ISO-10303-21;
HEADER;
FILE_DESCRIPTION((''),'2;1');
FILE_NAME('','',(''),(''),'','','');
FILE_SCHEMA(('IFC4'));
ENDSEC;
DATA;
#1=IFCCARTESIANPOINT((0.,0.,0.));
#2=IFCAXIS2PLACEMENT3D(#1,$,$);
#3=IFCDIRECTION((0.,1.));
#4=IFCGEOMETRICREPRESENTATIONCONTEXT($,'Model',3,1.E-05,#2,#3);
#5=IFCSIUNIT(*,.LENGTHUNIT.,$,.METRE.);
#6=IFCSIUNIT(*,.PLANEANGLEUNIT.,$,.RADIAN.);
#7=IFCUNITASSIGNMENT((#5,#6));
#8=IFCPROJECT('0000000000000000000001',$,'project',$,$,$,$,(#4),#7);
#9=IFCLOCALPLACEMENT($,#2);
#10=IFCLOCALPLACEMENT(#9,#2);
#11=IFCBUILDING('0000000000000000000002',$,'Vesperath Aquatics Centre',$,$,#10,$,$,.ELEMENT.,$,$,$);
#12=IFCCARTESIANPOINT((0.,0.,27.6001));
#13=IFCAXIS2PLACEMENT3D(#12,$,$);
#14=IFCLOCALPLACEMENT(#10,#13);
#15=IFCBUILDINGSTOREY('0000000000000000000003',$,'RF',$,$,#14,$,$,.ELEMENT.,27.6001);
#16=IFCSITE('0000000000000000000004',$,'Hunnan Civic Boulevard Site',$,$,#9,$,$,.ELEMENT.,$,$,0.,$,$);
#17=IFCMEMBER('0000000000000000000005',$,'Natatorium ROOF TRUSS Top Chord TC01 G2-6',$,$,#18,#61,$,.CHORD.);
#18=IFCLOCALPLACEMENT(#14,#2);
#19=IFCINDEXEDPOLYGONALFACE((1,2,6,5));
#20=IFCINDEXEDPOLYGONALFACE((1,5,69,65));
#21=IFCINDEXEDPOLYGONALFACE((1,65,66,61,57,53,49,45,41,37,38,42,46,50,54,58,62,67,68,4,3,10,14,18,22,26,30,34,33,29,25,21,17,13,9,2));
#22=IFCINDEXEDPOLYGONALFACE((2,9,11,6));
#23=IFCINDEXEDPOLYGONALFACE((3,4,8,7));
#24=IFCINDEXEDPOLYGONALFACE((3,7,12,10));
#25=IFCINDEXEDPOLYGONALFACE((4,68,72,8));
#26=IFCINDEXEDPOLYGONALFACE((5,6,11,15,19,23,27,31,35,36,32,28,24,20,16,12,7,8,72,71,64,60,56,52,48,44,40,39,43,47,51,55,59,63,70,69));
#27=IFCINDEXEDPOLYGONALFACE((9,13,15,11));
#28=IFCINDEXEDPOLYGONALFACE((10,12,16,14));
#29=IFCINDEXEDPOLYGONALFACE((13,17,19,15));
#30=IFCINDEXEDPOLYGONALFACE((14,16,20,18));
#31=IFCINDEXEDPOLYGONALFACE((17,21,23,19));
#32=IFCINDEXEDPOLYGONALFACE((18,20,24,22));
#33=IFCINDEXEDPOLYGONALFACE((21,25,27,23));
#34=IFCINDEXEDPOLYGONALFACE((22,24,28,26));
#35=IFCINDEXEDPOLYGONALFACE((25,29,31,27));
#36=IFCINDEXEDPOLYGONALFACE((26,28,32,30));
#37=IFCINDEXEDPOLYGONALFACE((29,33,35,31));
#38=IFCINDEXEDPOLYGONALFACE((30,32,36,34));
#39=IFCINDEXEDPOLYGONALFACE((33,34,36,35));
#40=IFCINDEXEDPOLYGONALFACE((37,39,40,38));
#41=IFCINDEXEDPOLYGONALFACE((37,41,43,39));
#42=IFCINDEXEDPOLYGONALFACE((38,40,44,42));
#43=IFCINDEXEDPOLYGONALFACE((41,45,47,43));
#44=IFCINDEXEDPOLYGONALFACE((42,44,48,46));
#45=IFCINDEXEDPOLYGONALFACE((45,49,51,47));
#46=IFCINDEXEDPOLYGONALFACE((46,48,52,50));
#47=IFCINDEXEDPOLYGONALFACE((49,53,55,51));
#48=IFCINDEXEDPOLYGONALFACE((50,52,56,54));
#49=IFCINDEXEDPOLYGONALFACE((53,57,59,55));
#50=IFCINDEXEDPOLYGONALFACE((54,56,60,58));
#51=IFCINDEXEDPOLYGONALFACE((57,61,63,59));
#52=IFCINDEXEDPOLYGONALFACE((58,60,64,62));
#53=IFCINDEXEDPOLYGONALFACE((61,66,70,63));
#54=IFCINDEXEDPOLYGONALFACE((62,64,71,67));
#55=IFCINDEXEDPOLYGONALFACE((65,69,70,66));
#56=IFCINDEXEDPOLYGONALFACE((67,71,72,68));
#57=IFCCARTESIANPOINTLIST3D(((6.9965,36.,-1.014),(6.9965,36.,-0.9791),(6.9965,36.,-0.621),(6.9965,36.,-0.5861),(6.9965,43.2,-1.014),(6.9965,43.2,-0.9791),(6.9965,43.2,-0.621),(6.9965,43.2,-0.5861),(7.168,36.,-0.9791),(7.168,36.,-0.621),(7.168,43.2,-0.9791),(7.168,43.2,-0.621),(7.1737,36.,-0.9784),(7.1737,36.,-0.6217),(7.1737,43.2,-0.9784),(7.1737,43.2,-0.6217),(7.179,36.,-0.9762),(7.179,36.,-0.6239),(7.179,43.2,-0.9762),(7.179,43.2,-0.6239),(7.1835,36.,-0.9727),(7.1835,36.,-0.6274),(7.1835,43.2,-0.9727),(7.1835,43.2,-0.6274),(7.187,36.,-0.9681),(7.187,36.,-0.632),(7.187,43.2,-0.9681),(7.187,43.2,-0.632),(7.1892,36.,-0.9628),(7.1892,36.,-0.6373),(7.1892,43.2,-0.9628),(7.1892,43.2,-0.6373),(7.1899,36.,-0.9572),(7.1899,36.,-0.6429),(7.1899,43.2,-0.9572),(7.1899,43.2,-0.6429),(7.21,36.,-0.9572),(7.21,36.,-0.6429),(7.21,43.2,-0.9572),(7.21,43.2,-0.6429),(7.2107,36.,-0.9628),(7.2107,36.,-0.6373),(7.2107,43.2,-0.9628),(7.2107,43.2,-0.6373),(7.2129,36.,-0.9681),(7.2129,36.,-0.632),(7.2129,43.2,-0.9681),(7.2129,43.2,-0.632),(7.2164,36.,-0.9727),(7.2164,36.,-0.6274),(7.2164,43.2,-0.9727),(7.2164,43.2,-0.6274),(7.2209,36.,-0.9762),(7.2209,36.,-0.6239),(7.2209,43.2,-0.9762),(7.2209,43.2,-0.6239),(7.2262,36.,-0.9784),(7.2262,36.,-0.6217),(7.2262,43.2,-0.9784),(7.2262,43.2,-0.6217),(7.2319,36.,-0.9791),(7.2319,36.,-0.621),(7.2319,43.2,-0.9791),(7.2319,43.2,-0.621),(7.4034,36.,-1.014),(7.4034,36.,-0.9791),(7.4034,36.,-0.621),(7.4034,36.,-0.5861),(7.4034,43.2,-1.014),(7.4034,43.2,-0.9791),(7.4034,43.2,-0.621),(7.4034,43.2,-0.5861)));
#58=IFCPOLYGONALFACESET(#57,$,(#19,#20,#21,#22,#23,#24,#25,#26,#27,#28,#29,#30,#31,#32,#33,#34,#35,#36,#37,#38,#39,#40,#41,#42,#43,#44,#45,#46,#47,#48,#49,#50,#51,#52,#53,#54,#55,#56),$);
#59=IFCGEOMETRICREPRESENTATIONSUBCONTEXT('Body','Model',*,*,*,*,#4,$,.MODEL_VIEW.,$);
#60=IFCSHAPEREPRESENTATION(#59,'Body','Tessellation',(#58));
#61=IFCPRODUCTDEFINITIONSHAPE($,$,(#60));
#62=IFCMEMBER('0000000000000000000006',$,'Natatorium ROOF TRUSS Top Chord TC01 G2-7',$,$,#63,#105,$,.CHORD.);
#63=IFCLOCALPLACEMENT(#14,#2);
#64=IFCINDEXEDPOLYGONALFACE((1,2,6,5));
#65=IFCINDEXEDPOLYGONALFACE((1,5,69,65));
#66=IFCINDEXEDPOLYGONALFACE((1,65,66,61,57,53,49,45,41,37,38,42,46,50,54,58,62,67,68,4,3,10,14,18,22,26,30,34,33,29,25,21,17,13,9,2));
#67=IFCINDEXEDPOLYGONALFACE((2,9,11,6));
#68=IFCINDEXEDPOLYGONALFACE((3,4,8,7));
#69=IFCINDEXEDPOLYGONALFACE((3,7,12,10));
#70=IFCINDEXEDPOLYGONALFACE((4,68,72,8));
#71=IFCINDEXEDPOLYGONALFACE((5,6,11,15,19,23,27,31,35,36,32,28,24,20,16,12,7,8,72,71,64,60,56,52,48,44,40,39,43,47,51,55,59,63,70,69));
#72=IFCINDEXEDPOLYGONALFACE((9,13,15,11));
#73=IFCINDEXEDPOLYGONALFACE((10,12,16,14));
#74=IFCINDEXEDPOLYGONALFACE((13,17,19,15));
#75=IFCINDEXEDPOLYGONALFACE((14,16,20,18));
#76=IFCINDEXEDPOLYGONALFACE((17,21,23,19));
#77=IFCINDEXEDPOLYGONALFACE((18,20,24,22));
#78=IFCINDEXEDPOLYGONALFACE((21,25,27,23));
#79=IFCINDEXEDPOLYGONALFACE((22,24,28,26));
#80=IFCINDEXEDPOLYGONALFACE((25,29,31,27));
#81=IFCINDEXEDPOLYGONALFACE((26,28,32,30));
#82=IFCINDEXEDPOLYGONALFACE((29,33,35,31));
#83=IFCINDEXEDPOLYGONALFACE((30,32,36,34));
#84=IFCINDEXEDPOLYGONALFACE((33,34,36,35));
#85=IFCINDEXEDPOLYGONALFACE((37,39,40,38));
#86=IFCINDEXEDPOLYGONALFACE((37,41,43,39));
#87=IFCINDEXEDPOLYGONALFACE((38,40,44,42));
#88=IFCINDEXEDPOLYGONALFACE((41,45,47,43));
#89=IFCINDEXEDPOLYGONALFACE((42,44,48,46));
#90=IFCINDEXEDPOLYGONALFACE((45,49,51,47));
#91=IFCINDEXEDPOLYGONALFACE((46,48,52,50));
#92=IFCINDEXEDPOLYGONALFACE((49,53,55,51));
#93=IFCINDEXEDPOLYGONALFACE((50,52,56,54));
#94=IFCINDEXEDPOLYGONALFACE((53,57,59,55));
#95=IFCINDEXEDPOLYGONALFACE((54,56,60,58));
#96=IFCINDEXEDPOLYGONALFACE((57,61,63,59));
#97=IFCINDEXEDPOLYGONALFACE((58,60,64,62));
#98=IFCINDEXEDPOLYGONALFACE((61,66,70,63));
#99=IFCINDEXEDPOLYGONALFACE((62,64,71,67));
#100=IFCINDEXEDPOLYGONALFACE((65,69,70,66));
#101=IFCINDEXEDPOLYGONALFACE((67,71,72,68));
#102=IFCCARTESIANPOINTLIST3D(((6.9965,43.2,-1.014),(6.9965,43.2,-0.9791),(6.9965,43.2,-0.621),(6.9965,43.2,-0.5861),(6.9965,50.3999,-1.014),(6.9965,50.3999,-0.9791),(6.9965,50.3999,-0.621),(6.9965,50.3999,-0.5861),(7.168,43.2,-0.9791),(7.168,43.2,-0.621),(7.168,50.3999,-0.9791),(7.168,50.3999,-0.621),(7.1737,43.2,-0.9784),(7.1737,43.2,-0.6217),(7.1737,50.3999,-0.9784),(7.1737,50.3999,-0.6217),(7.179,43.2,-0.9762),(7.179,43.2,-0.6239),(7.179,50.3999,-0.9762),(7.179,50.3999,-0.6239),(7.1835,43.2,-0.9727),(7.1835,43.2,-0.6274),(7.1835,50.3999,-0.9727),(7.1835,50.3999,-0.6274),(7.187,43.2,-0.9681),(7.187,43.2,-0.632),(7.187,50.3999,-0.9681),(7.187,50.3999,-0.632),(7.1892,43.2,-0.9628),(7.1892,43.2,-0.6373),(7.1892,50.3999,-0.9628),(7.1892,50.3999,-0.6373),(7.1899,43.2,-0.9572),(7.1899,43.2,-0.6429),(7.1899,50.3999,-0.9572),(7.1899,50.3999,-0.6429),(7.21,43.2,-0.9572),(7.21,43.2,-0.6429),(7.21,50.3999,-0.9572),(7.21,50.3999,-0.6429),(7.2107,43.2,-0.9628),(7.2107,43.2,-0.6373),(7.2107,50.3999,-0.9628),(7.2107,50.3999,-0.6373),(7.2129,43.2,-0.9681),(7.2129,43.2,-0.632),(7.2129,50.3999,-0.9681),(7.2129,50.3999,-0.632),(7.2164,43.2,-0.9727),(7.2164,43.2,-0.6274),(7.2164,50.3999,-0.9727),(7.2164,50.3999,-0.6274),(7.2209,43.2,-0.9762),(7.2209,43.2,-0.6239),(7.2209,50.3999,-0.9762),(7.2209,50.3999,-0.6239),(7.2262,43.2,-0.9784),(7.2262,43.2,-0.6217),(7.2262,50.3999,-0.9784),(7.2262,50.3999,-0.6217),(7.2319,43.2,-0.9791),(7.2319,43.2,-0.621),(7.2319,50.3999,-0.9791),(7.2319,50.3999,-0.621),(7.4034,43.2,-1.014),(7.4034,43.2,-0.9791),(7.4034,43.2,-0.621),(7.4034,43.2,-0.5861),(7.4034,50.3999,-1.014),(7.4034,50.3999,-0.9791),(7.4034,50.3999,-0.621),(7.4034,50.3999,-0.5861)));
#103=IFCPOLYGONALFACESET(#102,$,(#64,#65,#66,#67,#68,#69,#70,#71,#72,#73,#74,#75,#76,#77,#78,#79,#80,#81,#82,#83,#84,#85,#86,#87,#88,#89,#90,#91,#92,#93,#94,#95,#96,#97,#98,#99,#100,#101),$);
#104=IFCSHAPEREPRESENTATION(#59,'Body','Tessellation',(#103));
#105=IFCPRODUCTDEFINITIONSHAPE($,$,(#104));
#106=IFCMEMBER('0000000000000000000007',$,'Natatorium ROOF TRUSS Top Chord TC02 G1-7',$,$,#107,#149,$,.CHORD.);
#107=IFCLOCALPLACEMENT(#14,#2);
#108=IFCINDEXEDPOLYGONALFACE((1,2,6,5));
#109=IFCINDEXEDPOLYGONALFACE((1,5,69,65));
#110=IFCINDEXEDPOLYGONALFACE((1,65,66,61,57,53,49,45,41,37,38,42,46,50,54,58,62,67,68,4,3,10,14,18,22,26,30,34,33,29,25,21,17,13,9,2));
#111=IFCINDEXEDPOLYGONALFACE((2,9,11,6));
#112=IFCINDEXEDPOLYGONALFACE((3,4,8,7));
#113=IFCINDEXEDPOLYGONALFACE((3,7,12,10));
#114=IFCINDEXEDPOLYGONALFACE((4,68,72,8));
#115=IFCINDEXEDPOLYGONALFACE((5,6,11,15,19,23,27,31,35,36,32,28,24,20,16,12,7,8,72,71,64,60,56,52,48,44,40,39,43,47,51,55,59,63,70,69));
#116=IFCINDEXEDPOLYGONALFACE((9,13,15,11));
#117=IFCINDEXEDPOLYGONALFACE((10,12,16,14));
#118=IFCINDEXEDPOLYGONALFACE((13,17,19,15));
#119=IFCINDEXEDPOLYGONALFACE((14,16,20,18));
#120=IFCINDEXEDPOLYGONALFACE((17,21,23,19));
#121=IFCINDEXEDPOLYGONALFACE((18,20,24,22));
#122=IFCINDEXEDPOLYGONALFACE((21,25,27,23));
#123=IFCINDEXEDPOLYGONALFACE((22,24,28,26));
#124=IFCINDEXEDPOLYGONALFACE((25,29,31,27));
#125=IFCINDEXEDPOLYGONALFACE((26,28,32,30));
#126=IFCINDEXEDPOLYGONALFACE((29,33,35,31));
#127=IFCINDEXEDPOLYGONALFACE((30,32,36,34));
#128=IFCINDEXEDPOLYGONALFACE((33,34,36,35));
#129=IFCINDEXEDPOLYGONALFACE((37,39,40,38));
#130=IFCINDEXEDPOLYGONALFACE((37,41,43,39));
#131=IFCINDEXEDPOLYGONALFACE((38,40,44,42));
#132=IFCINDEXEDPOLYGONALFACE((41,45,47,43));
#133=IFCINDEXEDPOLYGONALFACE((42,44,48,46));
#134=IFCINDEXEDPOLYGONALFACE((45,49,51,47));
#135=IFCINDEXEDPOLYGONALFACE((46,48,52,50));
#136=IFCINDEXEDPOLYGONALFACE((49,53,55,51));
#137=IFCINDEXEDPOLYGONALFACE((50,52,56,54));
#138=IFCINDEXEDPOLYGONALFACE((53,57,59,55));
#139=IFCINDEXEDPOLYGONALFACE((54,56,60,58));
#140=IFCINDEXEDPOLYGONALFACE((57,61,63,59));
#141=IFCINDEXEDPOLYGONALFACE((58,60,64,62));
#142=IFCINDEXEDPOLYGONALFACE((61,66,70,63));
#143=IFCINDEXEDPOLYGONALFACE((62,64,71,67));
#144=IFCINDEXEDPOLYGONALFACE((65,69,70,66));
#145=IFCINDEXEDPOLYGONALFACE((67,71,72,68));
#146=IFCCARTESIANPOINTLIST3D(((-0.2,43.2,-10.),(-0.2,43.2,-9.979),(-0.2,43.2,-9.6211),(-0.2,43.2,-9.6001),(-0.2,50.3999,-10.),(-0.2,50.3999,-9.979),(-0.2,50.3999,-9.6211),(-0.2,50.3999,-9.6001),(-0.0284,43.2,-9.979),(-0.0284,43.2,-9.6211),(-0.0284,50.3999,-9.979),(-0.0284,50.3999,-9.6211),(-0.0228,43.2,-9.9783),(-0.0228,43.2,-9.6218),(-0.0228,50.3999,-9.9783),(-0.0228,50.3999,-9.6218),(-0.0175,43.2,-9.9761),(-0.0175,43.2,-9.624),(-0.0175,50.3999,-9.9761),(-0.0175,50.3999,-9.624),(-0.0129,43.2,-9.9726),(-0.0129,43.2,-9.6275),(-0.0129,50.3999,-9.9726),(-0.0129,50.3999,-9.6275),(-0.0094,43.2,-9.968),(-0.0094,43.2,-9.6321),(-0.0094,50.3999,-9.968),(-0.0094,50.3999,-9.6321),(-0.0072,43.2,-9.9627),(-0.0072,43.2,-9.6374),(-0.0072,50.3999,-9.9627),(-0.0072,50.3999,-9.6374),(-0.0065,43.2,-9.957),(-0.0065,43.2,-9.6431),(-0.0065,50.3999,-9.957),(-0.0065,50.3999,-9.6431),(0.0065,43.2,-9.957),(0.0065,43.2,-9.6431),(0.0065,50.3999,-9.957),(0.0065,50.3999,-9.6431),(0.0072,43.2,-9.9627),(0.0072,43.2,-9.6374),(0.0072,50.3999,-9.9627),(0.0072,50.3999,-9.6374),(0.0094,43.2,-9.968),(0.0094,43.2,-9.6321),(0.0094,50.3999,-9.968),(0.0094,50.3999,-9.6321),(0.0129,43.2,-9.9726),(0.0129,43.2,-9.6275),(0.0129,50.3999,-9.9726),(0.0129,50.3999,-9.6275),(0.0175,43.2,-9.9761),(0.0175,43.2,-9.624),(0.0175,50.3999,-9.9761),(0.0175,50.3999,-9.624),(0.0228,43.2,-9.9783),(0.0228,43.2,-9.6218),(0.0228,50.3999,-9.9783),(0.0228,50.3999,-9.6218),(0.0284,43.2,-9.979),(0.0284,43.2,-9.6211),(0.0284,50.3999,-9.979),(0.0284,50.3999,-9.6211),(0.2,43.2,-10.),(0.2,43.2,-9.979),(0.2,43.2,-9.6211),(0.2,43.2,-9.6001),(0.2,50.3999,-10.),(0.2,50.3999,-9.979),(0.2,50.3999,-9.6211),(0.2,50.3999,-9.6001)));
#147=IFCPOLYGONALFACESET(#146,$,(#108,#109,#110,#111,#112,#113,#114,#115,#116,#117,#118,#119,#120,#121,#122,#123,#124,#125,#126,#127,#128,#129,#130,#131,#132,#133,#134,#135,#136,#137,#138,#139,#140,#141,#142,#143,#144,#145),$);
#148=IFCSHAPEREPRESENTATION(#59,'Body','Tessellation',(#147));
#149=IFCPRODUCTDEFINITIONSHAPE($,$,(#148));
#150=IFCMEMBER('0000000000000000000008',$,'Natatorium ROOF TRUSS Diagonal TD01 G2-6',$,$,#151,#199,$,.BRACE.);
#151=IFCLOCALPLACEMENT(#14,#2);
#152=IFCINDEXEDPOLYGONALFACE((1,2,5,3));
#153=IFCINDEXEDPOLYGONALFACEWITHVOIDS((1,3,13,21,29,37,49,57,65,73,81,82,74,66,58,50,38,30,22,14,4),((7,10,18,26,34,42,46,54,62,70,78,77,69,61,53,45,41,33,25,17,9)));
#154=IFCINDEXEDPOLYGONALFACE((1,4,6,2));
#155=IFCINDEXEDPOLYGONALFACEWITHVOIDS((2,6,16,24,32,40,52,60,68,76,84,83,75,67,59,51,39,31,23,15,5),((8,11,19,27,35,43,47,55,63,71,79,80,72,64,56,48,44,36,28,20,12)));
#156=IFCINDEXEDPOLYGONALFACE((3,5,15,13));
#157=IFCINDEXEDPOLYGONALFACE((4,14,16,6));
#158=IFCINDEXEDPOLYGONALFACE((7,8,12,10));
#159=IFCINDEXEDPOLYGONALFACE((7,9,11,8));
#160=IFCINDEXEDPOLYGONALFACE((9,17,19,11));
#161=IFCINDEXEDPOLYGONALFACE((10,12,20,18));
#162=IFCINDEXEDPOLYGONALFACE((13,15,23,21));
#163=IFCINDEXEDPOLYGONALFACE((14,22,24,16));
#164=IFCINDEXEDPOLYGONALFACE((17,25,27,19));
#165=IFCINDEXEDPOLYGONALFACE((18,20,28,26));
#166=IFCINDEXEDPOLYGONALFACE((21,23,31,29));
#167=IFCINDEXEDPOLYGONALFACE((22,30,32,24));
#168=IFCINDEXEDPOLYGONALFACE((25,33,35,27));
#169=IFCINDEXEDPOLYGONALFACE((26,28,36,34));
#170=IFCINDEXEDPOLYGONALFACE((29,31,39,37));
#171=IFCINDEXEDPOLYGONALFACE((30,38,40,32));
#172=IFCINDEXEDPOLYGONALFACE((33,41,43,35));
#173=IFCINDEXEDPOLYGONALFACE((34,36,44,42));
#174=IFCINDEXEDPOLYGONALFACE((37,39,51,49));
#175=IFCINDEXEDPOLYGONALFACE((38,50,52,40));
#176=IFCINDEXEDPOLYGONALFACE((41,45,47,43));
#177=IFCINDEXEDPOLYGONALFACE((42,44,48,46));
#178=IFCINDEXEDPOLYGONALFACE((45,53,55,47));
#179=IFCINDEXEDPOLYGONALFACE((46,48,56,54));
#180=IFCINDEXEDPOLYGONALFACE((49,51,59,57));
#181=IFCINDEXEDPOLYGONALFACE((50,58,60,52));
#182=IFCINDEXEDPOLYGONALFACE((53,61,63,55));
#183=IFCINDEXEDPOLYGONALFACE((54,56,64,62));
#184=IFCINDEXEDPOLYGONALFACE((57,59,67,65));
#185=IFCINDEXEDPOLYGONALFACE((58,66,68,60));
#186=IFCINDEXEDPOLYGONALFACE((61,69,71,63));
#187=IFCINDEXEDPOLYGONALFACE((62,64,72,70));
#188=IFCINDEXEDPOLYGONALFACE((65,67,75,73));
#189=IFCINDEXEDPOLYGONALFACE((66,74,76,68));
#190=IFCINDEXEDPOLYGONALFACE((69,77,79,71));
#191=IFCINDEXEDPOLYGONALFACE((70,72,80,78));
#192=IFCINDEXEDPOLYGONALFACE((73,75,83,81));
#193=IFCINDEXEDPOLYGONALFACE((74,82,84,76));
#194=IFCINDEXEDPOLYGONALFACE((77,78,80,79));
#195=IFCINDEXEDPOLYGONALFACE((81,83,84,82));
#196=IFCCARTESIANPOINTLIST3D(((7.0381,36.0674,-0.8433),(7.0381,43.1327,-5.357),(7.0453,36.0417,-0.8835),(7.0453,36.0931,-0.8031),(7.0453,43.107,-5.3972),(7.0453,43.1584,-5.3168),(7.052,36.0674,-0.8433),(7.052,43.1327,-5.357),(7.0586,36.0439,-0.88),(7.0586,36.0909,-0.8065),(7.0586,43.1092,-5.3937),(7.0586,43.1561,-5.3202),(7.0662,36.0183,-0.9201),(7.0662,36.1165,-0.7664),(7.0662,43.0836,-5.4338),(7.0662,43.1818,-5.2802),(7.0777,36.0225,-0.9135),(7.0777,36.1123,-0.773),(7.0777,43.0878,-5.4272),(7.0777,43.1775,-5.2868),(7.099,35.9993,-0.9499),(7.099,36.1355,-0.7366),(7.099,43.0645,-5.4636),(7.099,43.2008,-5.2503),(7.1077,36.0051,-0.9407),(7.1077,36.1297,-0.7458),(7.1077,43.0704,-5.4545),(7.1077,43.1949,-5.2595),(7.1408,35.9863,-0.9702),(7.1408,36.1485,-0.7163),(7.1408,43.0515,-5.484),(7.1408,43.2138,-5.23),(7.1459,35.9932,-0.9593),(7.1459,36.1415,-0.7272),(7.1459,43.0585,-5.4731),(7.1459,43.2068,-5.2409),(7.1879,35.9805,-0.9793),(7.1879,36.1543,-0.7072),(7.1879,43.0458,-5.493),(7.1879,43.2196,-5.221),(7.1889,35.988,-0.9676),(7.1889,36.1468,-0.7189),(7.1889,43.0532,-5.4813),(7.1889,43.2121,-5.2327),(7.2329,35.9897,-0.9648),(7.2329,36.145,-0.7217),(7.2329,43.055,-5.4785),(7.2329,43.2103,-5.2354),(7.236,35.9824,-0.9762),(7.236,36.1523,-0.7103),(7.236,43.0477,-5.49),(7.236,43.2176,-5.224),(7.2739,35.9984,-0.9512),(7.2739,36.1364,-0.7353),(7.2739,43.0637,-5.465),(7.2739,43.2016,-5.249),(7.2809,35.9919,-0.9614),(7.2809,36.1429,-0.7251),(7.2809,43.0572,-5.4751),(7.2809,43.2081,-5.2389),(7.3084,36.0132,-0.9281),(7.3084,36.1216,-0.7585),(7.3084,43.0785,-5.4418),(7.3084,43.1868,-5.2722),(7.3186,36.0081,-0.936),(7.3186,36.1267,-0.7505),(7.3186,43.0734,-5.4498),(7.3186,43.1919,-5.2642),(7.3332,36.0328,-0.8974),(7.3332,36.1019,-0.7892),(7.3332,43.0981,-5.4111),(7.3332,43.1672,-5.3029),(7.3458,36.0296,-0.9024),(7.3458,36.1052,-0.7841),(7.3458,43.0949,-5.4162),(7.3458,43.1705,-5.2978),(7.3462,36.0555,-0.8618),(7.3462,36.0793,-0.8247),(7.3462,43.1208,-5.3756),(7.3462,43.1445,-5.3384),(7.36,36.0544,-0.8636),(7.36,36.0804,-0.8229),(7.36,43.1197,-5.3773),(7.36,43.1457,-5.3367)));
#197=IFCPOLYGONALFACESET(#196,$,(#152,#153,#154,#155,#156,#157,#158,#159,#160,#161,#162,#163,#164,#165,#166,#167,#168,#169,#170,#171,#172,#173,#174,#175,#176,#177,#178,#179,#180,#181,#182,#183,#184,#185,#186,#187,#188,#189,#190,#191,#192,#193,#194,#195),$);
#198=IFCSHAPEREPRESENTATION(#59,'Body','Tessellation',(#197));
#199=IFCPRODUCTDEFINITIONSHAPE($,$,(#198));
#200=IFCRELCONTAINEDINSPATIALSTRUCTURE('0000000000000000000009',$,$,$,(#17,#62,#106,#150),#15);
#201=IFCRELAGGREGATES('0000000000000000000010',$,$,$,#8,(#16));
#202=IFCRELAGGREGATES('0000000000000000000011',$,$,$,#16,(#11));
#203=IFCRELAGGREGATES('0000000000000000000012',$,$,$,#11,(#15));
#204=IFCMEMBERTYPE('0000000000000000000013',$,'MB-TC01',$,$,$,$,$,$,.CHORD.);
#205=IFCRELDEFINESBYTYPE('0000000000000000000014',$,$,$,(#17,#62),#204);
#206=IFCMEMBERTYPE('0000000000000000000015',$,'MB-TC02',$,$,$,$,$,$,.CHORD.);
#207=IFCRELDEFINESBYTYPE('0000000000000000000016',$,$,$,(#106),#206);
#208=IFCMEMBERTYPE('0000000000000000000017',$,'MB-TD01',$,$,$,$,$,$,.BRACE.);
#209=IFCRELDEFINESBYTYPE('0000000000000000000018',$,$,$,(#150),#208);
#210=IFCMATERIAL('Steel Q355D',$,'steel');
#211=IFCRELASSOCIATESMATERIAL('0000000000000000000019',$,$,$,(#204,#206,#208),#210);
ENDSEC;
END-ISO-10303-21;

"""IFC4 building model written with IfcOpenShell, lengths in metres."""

from ifc_helpers import new_model, si_unit, direction, frame, origin, origin_2d, place, context, subcontext, project, spatial, hollow_circle, i_section, extrude, material, material_profile, profile_set, type_object, element, save


model = new_model("IFC4")

# Units and contexts
model_context = context("Model", 3, precision=1e-05, world=origin(), true_north=direction((0.0, 1.0)))
body_context = subcontext(model_context, "Body", "Model", "MODEL_VIEW")
ifc_project = project(units=[si_unit("LENGTHUNIT", "METRE"), si_unit("PLANEANGLEUNIT", "RADIAN")], contexts=[model_context])

# Site, building, storey
site_placement = place(None, origin())
site = spatial("IfcSite", under=ifc_project, at=site_placement, Name="Hunnan Civic Boulevard Site", CompositionType="ELEMENT", RefElevation=0.0)
building_placement = place(site_placement, origin())
building = spatial("IfcBuilding", under=site, at=building_placement, Name="Vesperath Aquatics Centre", CompositionType="ELEMENT")
storey_placement = place(building_placement, frame((0.0, 0.0, 27.6001)))
storey = spatial("IfcBuildingStorey", under=building, at=storey_placement, Name="RF", CompositionType="ELEMENT", Elevation=27.6001)

# Members
ifc_material_1 = material(Name="Steel Q355D", Category="steel")
ifc_material_profile_1 = material_profile(ifc_material_1, i_section(OverallWidth=0.407, OverallDepth=0.428, WebThickness=0.02, FlangeThickness=0.0349, FilletRadius=0.022, at=origin_2d()), Name="HW 428x407x20x35")
ifc_profile_set_1 = profile_set([ifc_material_profile_1], Name="Steel Q355D")
member_type_1 = type_object("IfcMemberType", Name="MB-TC01", PredefinedType="CHORD", material=ifc_profile_set_1)
for number, where, z_axis, x_axis, name in (
    (1, (7.2, 36.0, -0.8), (0.0, 1.0, 0.0), (-1.0, 0.0, 0.0), "Natatorium ROOF TRUSS Top Chord TC01 G2-6"),
    (2, (7.2, 43.2, -0.8), (0.0, 1.0, 0.0), (-1.0, 0.0, 0.0), "Natatorium ROOF TRUSS Top Chord TC01 G2-7"),
):
    element("IfcMember", number, at=place(storey_placement, frame(where, z_axis=z_axis, x_axis=x_axis)), inside=storey, type_object=member_type_1, Name=name, PredefinedType="CHORD", context=body_context, shape_type="SweptSolid", body=[
        extrude(i_section(OverallWidth=0.407, OverallDepth=0.428, WebThickness=0.02, FlangeThickness=0.0349, FilletRadius=0.022, at=origin_2d()), origin(), (0.0, 0.0, 1.0), 7.2),
    ])
ifc_material_profile_2 = material_profile(ifc_material_1, i_section(OverallWidth=0.3999, OverallDepth=0.3999, WebThickness=0.0129, FlangeThickness=0.021, FilletRadius=0.022, at=origin_2d()), Name="HW 400x400x13x21")
ifc_profile_set_2 = profile_set([ifc_material_profile_2], Name="Steel Q355D")
member_type_2 = type_object("IfcMemberType", Name="MB-TC02", PredefinedType="CHORD", material=ifc_profile_set_2)
member_1_placement = place(storey_placement, frame((0.0, 43.2, -9.8), z_axis=(0.0, 1.0, 0.0), x_axis=(-1.0, 0.0, 0.0)))
element("IfcMember", 3, at=member_1_placement, inside=storey, type_object=member_type_2, Name="Natatorium ROOF TRUSS Top Chord TC02 G1-7", PredefinedType="CHORD", context=body_context, shape_type="SweptSolid", body=[
    extrude(i_section(OverallWidth=0.3999, OverallDepth=0.3999, WebThickness=0.0129, FlangeThickness=0.021, FilletRadius=0.022, at=origin_2d()), origin(), (0.0, 0.0, 1.0), 7.2),
])
ifc_material_profile_3 = material_profile(ifc_material_1, hollow_circle(Radius=0.1619, WallThickness=0.0139, at=origin_2d()), Name="CHS 323.9x14")
ifc_profile_set_3 = profile_set([ifc_material_profile_3], Name="Steel Q355D")
member_type_3 = type_object("IfcMemberType", Name="MB-TD01", PredefinedType="BRACE", material=ifc_profile_set_3)
member_2_placement = place(storey_placement, frame((7.2, 36.0674, -0.8433), z_axis=(0.0, 0.842707, -0.538373), x_axis=(-1.0, 0.0, 0.0)))
element("IfcMember", 4, at=member_2_placement, inside=storey, type_object=member_type_3, Name="Natatorium ROOF TRUSS Diagonal TD01 G2-6", PredefinedType="BRACE", context=body_context, shape_type="SweptSolid", body=[
    extrude(hollow_circle(Radius=0.1619, WallThickness=0.0139, at=origin_2d()), origin(), (0.0, 0.0, 1.0), 8.384),
])

save(model, "model.ifc")
